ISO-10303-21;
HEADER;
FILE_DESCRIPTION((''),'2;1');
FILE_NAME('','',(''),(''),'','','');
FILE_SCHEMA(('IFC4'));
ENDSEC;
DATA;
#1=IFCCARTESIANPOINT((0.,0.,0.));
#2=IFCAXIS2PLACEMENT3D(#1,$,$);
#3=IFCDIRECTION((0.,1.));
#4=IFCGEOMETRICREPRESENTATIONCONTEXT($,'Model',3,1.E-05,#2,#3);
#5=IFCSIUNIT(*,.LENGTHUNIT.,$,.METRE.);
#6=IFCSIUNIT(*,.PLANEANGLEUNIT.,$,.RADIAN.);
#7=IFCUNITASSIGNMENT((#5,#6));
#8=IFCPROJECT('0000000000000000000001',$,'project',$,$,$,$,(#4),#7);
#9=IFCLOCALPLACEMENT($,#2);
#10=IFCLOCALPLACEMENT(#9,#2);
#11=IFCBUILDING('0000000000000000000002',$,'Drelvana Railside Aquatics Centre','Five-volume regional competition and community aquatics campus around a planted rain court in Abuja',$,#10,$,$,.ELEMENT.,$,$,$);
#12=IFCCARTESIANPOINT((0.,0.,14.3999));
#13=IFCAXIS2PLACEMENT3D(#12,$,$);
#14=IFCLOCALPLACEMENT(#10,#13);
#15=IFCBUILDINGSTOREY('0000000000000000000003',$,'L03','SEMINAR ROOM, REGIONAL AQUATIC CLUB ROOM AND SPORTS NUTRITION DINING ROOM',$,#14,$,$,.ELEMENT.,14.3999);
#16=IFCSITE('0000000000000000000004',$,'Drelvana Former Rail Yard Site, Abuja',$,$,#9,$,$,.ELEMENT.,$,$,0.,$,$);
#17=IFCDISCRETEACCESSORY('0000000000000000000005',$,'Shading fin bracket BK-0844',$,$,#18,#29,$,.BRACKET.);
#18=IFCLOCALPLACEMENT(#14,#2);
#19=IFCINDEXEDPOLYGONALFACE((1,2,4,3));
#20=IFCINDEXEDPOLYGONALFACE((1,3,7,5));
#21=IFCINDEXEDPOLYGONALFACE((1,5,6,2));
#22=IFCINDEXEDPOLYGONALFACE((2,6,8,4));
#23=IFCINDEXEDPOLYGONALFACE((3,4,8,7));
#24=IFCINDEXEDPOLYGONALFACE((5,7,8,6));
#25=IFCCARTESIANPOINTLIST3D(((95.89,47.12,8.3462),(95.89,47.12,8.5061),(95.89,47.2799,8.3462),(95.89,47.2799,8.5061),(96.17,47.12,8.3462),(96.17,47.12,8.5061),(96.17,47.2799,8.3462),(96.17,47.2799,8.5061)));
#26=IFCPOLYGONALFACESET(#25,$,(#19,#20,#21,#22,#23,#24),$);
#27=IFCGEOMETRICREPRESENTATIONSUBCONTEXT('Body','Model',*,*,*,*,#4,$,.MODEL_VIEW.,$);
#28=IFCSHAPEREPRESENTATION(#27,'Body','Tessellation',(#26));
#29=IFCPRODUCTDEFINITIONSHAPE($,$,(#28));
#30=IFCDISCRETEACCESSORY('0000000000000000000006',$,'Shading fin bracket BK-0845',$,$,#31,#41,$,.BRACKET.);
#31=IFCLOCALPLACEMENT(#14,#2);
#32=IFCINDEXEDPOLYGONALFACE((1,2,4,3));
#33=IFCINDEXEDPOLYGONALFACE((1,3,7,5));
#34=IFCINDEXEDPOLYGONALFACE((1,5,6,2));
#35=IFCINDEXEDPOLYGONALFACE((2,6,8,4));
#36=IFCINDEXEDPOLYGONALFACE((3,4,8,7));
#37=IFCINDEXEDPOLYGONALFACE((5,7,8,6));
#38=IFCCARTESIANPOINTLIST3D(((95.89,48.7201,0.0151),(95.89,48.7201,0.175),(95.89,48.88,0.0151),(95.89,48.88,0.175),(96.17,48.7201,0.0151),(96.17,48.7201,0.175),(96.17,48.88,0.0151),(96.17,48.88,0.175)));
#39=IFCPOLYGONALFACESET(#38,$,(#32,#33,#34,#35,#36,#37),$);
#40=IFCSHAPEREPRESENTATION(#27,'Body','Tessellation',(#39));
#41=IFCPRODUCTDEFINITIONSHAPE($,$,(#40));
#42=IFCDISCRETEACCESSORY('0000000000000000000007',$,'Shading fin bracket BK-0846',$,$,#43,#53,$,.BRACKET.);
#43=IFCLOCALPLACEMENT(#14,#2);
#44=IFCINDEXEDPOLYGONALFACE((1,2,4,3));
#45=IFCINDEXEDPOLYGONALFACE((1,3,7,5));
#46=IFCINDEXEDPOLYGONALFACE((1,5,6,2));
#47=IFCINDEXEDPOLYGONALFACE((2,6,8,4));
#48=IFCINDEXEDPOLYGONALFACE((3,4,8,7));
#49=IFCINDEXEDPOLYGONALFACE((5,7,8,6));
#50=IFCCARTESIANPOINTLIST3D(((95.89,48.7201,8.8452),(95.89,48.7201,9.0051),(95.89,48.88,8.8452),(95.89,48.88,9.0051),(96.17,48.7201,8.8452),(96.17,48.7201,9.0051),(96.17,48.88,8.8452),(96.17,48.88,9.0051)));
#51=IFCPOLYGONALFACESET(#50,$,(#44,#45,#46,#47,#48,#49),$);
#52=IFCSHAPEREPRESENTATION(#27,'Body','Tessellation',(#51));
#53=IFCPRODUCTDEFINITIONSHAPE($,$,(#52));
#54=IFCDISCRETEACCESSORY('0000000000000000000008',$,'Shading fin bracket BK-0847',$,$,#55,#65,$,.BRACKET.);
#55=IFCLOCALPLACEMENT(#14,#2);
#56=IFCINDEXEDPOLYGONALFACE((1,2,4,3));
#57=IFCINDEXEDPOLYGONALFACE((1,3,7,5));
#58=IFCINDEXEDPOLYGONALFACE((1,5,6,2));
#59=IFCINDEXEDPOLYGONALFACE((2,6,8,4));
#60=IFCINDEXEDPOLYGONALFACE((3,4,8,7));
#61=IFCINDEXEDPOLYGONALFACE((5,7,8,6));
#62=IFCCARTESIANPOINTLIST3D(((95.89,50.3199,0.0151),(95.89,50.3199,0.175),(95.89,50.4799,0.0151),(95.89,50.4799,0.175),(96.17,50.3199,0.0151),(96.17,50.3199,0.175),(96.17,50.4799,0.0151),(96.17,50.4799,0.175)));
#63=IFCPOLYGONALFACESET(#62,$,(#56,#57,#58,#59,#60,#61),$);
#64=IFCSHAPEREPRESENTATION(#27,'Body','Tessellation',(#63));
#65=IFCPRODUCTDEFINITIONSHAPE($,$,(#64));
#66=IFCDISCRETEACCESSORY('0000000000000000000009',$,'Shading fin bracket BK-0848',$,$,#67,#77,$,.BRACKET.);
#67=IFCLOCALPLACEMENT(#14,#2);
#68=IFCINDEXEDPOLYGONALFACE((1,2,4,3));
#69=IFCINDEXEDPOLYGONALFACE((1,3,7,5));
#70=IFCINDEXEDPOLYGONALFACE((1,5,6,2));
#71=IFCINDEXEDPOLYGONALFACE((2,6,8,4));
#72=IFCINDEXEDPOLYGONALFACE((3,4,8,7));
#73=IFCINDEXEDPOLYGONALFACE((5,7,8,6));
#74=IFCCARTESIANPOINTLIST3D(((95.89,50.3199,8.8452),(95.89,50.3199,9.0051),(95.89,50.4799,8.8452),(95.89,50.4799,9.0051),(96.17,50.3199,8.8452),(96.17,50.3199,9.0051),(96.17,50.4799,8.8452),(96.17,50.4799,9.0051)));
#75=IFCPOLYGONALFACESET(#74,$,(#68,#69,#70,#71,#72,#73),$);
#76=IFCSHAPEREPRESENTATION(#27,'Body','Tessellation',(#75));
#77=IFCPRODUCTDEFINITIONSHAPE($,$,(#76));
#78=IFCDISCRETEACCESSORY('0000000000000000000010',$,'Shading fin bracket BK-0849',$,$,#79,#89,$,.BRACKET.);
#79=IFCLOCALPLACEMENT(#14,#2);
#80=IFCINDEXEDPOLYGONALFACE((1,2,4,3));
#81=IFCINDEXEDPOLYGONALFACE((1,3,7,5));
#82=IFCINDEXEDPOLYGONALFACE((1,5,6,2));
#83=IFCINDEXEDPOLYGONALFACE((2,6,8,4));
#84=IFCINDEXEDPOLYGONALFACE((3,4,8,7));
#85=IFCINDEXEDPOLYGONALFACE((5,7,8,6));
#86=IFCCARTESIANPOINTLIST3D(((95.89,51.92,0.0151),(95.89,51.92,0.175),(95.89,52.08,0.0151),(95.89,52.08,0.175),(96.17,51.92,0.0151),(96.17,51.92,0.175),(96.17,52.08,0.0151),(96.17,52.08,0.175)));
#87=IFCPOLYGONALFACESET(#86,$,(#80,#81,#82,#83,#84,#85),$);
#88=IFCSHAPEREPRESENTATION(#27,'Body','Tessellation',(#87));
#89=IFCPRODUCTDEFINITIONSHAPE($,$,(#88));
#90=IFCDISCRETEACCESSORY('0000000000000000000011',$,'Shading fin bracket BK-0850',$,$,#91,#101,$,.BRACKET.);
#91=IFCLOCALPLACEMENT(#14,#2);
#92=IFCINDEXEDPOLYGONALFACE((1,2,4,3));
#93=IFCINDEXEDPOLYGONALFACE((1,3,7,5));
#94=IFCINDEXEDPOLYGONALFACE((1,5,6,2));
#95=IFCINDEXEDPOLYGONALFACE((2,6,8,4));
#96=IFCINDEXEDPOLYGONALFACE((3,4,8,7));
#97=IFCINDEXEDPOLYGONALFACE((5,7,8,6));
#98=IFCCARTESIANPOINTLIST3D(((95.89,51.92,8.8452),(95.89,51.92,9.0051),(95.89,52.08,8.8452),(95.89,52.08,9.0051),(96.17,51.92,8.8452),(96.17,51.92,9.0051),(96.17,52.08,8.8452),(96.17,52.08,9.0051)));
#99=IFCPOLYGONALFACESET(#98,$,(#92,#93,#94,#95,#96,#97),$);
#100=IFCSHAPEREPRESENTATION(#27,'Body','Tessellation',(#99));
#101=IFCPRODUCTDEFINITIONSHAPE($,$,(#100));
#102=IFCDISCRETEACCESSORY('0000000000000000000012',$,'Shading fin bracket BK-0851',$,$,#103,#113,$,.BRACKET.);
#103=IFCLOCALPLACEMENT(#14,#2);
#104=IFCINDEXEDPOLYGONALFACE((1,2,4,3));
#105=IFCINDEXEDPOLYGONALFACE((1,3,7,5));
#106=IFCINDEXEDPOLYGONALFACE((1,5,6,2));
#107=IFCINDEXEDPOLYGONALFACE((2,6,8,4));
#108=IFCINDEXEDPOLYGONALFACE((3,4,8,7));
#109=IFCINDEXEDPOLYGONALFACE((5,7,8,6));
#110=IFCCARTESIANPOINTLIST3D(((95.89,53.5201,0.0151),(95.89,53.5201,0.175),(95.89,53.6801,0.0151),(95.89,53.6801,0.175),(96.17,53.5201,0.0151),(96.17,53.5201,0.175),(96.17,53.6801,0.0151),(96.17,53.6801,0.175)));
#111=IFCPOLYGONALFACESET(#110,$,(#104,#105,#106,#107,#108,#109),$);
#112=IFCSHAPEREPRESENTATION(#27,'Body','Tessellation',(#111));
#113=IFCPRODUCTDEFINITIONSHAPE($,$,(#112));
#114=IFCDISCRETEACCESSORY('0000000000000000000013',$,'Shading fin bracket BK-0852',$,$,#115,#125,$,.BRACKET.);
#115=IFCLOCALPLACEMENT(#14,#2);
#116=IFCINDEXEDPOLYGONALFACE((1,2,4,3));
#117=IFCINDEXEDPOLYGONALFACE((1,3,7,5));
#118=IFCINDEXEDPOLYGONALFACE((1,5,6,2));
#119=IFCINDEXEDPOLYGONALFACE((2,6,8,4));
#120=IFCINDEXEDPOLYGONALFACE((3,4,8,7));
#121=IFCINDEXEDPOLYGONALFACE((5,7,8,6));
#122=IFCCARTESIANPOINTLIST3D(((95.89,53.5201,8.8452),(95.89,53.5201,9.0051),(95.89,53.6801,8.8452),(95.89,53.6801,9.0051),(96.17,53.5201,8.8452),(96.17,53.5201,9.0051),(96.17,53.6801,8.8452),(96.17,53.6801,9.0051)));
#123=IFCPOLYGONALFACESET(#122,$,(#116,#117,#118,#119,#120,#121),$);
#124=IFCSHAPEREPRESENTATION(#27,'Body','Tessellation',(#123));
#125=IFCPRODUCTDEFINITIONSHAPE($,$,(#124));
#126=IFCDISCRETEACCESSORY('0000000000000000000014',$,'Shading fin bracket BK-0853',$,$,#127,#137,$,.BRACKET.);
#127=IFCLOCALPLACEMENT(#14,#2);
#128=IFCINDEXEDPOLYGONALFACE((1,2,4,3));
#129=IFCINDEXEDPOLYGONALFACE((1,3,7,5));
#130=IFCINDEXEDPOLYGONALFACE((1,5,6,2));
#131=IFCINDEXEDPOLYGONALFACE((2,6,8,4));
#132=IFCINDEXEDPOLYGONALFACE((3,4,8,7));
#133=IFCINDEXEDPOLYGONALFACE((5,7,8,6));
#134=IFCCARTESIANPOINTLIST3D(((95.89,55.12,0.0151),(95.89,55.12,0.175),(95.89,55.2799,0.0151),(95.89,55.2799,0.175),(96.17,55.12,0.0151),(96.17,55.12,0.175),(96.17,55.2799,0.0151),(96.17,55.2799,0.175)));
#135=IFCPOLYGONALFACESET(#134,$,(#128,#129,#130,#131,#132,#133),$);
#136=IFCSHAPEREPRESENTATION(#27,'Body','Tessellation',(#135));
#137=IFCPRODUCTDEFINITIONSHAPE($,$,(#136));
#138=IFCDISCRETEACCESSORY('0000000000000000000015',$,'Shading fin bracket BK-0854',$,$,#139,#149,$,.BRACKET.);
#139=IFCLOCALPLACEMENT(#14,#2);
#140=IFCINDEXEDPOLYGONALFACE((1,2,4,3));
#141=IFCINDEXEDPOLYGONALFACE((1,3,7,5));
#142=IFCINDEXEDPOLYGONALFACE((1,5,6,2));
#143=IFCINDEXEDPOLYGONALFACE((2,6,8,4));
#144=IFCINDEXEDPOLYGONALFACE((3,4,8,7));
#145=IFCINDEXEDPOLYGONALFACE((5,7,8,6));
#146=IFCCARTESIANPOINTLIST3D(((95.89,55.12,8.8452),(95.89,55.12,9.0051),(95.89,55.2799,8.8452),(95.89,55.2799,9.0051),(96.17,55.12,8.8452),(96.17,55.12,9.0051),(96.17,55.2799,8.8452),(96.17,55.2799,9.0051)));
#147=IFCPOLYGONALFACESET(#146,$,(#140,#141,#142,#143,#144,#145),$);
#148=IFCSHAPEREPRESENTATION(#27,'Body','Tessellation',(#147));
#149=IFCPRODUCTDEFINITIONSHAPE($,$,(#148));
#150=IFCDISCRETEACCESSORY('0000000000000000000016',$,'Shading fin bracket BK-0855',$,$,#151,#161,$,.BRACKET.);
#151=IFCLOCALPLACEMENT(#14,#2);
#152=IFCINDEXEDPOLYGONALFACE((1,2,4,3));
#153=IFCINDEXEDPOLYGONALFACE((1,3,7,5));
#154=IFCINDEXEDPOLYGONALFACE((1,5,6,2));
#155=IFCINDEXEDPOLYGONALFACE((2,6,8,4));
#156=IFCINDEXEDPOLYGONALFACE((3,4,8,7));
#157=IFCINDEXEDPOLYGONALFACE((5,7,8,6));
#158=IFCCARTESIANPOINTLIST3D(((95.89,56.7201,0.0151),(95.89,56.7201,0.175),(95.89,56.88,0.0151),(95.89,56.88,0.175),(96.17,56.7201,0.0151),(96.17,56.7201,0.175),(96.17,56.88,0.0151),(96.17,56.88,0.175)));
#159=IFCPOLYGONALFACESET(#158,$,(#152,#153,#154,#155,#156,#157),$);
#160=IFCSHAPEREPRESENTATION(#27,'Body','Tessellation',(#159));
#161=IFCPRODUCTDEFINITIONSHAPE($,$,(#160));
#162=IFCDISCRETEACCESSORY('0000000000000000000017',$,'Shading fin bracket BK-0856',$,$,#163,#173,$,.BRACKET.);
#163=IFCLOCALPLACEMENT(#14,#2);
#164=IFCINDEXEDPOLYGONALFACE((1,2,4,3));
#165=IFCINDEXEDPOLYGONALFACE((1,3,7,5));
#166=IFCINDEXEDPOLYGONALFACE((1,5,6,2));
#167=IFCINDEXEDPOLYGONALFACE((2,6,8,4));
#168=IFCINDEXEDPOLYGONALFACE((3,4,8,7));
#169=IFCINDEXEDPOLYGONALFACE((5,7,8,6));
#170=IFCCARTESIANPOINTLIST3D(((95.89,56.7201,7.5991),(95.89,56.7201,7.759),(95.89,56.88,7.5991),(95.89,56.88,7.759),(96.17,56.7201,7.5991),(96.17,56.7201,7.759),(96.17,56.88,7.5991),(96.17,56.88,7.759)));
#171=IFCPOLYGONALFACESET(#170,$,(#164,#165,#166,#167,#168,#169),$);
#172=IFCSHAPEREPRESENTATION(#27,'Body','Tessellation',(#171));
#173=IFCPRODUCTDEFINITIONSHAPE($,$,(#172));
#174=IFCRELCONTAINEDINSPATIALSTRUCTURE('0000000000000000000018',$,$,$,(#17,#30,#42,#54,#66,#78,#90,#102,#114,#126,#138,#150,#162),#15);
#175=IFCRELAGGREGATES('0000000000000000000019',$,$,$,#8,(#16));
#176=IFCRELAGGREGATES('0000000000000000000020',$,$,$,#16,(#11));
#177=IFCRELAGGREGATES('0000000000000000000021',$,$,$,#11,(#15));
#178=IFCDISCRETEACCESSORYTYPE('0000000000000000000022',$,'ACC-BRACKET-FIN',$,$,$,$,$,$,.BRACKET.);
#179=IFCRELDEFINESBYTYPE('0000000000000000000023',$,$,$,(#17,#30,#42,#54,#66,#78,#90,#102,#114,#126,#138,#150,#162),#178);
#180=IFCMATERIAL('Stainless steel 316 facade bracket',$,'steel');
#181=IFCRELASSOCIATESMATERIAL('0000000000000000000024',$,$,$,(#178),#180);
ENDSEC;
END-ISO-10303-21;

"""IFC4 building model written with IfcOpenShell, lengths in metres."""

from ifc_helpers import new_model, si_unit, direction, frame, origin, origin_2d, place, context, subcontext, project, spatial, rectangle, extrude, material, type_object, element, save


model = new_model("IFC4")

# Units and contexts
model_context = context("Model", 3, precision=1e-05, world=origin(), true_north=direction((0.0, 1.0)))
body_context = subcontext(model_context, "Body", "Model", "MODEL_VIEW")
ifc_project = project(units=[si_unit("LENGTHUNIT", "METRE"), si_unit("PLANEANGLEUNIT", "RADIAN")], contexts=[model_context])

# Site, building, storey
site_placement = place(None, origin())
site = spatial("IfcSite", under=ifc_project, at=site_placement, Name="Drelvana Former Rail Yard Site, Abuja", CompositionType="ELEMENT", RefElevation=0.0)
building_placement = place(site_placement, origin())
building = spatial("IfcBuilding", under=site, at=building_placement, Name="Drelvana Railside Aquatics Centre", Description="Five-volume regional competition and community aquatics campus around a planted rain court in Abuja", CompositionType="ELEMENT")
storey_placement = place(building_placement, frame((0.0, 0.0, 14.3999)))
storey = spatial("IfcBuildingStorey", under=building, at=storey_placement, Name="L03", Description="SEMINAR ROOM, REGIONAL AQUATIC CLUB ROOM AND SPORTS NUTRITION DINING ROOM", CompositionType="ELEMENT", Elevation=14.3999)

# Discrete accessories
ifc_material_1 = material(Name="Stainless steel 316 facade bracket", Category="steel")
discrete_accessory_type = type_object("IfcDiscreteAccessoryType", Name="ACC-BRACKET-FIN", PredefinedType="BRACKET", material=ifc_material_1)
for number, where, z_axis, x_axis, name in (
    (1, (96.03, 47.2, 8.3462), (0.0, 0.0, 1.0), (1.0, 0.0, 0.0), "Shading fin bracket BK-0844"),
    (2, (96.03, 48.8, 0.0151), (0.0, 0.0, 1.0), (1.0, 0.0, 0.0), "Shading fin bracket BK-0845"),
    (3, (96.03, 48.8, 8.8452), (0.0, 0.0, 1.0), (1.0, 0.0, 0.0), "Shading fin bracket BK-0846"),
    (4, (96.03, 50.3999, 0.0151), (0.0, 0.0, 1.0), (1.0, 0.0, 0.0), "Shading fin bracket BK-0847"),
    (5, (96.03, 50.3999, 8.8452), (0.0, 0.0, 1.0), (1.0, 0.0, 0.0), "Shading fin bracket BK-0848"),
    (6, (96.03, 52.0, 0.0151), (0.0, 0.0, 1.0), (1.0, 0.0, 0.0), "Shading fin bracket BK-0849"),
    (7, (96.03, 52.0, 8.8452), (0.0, 0.0, 1.0), (1.0, 0.0, 0.0), "Shading fin bracket BK-0850"),
    (8, (96.03, 53.6001, 0.0151), (0.0, 0.0, 1.0), (1.0, 0.0, 0.0), "Shading fin bracket BK-0851"),
    (9, (96.03, 53.6001, 8.8452), (0.0, 0.0, 1.0), (1.0, 0.0, 0.0), "Shading fin bracket BK-0852"),
    (10, (96.03, 55.2, 0.0151), (0.0, 0.0, 1.0), (1.0, 0.0, 0.0), "Shading fin bracket BK-0853"),
    (11, (96.03, 55.2, 8.8452), (0.0, 0.0, 1.0), (1.0, 0.0, 0.0), "Shading fin bracket BK-0854"),
    (12, (96.03, 56.8, 0.0151), (0.0, 0.0, 1.0), (1.0, 0.0, 0.0), "Shading fin bracket BK-0855"),
    (13, (96.03, 56.8, 7.5991), (0.0, 0.0, 1.0), (1.0, 0.0, 0.0), "Shading fin bracket BK-0856"),
):
    element("IfcDiscreteAccessory", number, at=place(storey_placement, frame(where, z_axis=z_axis, x_axis=x_axis)), inside=storey, type_object=discrete_accessory_type, Name=name, PredefinedType="BRACKET", context=body_context, shape_type="SweptSolid", body=[
        extrude(rectangle(XDim=0.28, YDim=0.1599, at=origin_2d()), origin(), (0.0, 0.0, 1.0), 0.1599),
    ])

save(model, "model.ifc")
